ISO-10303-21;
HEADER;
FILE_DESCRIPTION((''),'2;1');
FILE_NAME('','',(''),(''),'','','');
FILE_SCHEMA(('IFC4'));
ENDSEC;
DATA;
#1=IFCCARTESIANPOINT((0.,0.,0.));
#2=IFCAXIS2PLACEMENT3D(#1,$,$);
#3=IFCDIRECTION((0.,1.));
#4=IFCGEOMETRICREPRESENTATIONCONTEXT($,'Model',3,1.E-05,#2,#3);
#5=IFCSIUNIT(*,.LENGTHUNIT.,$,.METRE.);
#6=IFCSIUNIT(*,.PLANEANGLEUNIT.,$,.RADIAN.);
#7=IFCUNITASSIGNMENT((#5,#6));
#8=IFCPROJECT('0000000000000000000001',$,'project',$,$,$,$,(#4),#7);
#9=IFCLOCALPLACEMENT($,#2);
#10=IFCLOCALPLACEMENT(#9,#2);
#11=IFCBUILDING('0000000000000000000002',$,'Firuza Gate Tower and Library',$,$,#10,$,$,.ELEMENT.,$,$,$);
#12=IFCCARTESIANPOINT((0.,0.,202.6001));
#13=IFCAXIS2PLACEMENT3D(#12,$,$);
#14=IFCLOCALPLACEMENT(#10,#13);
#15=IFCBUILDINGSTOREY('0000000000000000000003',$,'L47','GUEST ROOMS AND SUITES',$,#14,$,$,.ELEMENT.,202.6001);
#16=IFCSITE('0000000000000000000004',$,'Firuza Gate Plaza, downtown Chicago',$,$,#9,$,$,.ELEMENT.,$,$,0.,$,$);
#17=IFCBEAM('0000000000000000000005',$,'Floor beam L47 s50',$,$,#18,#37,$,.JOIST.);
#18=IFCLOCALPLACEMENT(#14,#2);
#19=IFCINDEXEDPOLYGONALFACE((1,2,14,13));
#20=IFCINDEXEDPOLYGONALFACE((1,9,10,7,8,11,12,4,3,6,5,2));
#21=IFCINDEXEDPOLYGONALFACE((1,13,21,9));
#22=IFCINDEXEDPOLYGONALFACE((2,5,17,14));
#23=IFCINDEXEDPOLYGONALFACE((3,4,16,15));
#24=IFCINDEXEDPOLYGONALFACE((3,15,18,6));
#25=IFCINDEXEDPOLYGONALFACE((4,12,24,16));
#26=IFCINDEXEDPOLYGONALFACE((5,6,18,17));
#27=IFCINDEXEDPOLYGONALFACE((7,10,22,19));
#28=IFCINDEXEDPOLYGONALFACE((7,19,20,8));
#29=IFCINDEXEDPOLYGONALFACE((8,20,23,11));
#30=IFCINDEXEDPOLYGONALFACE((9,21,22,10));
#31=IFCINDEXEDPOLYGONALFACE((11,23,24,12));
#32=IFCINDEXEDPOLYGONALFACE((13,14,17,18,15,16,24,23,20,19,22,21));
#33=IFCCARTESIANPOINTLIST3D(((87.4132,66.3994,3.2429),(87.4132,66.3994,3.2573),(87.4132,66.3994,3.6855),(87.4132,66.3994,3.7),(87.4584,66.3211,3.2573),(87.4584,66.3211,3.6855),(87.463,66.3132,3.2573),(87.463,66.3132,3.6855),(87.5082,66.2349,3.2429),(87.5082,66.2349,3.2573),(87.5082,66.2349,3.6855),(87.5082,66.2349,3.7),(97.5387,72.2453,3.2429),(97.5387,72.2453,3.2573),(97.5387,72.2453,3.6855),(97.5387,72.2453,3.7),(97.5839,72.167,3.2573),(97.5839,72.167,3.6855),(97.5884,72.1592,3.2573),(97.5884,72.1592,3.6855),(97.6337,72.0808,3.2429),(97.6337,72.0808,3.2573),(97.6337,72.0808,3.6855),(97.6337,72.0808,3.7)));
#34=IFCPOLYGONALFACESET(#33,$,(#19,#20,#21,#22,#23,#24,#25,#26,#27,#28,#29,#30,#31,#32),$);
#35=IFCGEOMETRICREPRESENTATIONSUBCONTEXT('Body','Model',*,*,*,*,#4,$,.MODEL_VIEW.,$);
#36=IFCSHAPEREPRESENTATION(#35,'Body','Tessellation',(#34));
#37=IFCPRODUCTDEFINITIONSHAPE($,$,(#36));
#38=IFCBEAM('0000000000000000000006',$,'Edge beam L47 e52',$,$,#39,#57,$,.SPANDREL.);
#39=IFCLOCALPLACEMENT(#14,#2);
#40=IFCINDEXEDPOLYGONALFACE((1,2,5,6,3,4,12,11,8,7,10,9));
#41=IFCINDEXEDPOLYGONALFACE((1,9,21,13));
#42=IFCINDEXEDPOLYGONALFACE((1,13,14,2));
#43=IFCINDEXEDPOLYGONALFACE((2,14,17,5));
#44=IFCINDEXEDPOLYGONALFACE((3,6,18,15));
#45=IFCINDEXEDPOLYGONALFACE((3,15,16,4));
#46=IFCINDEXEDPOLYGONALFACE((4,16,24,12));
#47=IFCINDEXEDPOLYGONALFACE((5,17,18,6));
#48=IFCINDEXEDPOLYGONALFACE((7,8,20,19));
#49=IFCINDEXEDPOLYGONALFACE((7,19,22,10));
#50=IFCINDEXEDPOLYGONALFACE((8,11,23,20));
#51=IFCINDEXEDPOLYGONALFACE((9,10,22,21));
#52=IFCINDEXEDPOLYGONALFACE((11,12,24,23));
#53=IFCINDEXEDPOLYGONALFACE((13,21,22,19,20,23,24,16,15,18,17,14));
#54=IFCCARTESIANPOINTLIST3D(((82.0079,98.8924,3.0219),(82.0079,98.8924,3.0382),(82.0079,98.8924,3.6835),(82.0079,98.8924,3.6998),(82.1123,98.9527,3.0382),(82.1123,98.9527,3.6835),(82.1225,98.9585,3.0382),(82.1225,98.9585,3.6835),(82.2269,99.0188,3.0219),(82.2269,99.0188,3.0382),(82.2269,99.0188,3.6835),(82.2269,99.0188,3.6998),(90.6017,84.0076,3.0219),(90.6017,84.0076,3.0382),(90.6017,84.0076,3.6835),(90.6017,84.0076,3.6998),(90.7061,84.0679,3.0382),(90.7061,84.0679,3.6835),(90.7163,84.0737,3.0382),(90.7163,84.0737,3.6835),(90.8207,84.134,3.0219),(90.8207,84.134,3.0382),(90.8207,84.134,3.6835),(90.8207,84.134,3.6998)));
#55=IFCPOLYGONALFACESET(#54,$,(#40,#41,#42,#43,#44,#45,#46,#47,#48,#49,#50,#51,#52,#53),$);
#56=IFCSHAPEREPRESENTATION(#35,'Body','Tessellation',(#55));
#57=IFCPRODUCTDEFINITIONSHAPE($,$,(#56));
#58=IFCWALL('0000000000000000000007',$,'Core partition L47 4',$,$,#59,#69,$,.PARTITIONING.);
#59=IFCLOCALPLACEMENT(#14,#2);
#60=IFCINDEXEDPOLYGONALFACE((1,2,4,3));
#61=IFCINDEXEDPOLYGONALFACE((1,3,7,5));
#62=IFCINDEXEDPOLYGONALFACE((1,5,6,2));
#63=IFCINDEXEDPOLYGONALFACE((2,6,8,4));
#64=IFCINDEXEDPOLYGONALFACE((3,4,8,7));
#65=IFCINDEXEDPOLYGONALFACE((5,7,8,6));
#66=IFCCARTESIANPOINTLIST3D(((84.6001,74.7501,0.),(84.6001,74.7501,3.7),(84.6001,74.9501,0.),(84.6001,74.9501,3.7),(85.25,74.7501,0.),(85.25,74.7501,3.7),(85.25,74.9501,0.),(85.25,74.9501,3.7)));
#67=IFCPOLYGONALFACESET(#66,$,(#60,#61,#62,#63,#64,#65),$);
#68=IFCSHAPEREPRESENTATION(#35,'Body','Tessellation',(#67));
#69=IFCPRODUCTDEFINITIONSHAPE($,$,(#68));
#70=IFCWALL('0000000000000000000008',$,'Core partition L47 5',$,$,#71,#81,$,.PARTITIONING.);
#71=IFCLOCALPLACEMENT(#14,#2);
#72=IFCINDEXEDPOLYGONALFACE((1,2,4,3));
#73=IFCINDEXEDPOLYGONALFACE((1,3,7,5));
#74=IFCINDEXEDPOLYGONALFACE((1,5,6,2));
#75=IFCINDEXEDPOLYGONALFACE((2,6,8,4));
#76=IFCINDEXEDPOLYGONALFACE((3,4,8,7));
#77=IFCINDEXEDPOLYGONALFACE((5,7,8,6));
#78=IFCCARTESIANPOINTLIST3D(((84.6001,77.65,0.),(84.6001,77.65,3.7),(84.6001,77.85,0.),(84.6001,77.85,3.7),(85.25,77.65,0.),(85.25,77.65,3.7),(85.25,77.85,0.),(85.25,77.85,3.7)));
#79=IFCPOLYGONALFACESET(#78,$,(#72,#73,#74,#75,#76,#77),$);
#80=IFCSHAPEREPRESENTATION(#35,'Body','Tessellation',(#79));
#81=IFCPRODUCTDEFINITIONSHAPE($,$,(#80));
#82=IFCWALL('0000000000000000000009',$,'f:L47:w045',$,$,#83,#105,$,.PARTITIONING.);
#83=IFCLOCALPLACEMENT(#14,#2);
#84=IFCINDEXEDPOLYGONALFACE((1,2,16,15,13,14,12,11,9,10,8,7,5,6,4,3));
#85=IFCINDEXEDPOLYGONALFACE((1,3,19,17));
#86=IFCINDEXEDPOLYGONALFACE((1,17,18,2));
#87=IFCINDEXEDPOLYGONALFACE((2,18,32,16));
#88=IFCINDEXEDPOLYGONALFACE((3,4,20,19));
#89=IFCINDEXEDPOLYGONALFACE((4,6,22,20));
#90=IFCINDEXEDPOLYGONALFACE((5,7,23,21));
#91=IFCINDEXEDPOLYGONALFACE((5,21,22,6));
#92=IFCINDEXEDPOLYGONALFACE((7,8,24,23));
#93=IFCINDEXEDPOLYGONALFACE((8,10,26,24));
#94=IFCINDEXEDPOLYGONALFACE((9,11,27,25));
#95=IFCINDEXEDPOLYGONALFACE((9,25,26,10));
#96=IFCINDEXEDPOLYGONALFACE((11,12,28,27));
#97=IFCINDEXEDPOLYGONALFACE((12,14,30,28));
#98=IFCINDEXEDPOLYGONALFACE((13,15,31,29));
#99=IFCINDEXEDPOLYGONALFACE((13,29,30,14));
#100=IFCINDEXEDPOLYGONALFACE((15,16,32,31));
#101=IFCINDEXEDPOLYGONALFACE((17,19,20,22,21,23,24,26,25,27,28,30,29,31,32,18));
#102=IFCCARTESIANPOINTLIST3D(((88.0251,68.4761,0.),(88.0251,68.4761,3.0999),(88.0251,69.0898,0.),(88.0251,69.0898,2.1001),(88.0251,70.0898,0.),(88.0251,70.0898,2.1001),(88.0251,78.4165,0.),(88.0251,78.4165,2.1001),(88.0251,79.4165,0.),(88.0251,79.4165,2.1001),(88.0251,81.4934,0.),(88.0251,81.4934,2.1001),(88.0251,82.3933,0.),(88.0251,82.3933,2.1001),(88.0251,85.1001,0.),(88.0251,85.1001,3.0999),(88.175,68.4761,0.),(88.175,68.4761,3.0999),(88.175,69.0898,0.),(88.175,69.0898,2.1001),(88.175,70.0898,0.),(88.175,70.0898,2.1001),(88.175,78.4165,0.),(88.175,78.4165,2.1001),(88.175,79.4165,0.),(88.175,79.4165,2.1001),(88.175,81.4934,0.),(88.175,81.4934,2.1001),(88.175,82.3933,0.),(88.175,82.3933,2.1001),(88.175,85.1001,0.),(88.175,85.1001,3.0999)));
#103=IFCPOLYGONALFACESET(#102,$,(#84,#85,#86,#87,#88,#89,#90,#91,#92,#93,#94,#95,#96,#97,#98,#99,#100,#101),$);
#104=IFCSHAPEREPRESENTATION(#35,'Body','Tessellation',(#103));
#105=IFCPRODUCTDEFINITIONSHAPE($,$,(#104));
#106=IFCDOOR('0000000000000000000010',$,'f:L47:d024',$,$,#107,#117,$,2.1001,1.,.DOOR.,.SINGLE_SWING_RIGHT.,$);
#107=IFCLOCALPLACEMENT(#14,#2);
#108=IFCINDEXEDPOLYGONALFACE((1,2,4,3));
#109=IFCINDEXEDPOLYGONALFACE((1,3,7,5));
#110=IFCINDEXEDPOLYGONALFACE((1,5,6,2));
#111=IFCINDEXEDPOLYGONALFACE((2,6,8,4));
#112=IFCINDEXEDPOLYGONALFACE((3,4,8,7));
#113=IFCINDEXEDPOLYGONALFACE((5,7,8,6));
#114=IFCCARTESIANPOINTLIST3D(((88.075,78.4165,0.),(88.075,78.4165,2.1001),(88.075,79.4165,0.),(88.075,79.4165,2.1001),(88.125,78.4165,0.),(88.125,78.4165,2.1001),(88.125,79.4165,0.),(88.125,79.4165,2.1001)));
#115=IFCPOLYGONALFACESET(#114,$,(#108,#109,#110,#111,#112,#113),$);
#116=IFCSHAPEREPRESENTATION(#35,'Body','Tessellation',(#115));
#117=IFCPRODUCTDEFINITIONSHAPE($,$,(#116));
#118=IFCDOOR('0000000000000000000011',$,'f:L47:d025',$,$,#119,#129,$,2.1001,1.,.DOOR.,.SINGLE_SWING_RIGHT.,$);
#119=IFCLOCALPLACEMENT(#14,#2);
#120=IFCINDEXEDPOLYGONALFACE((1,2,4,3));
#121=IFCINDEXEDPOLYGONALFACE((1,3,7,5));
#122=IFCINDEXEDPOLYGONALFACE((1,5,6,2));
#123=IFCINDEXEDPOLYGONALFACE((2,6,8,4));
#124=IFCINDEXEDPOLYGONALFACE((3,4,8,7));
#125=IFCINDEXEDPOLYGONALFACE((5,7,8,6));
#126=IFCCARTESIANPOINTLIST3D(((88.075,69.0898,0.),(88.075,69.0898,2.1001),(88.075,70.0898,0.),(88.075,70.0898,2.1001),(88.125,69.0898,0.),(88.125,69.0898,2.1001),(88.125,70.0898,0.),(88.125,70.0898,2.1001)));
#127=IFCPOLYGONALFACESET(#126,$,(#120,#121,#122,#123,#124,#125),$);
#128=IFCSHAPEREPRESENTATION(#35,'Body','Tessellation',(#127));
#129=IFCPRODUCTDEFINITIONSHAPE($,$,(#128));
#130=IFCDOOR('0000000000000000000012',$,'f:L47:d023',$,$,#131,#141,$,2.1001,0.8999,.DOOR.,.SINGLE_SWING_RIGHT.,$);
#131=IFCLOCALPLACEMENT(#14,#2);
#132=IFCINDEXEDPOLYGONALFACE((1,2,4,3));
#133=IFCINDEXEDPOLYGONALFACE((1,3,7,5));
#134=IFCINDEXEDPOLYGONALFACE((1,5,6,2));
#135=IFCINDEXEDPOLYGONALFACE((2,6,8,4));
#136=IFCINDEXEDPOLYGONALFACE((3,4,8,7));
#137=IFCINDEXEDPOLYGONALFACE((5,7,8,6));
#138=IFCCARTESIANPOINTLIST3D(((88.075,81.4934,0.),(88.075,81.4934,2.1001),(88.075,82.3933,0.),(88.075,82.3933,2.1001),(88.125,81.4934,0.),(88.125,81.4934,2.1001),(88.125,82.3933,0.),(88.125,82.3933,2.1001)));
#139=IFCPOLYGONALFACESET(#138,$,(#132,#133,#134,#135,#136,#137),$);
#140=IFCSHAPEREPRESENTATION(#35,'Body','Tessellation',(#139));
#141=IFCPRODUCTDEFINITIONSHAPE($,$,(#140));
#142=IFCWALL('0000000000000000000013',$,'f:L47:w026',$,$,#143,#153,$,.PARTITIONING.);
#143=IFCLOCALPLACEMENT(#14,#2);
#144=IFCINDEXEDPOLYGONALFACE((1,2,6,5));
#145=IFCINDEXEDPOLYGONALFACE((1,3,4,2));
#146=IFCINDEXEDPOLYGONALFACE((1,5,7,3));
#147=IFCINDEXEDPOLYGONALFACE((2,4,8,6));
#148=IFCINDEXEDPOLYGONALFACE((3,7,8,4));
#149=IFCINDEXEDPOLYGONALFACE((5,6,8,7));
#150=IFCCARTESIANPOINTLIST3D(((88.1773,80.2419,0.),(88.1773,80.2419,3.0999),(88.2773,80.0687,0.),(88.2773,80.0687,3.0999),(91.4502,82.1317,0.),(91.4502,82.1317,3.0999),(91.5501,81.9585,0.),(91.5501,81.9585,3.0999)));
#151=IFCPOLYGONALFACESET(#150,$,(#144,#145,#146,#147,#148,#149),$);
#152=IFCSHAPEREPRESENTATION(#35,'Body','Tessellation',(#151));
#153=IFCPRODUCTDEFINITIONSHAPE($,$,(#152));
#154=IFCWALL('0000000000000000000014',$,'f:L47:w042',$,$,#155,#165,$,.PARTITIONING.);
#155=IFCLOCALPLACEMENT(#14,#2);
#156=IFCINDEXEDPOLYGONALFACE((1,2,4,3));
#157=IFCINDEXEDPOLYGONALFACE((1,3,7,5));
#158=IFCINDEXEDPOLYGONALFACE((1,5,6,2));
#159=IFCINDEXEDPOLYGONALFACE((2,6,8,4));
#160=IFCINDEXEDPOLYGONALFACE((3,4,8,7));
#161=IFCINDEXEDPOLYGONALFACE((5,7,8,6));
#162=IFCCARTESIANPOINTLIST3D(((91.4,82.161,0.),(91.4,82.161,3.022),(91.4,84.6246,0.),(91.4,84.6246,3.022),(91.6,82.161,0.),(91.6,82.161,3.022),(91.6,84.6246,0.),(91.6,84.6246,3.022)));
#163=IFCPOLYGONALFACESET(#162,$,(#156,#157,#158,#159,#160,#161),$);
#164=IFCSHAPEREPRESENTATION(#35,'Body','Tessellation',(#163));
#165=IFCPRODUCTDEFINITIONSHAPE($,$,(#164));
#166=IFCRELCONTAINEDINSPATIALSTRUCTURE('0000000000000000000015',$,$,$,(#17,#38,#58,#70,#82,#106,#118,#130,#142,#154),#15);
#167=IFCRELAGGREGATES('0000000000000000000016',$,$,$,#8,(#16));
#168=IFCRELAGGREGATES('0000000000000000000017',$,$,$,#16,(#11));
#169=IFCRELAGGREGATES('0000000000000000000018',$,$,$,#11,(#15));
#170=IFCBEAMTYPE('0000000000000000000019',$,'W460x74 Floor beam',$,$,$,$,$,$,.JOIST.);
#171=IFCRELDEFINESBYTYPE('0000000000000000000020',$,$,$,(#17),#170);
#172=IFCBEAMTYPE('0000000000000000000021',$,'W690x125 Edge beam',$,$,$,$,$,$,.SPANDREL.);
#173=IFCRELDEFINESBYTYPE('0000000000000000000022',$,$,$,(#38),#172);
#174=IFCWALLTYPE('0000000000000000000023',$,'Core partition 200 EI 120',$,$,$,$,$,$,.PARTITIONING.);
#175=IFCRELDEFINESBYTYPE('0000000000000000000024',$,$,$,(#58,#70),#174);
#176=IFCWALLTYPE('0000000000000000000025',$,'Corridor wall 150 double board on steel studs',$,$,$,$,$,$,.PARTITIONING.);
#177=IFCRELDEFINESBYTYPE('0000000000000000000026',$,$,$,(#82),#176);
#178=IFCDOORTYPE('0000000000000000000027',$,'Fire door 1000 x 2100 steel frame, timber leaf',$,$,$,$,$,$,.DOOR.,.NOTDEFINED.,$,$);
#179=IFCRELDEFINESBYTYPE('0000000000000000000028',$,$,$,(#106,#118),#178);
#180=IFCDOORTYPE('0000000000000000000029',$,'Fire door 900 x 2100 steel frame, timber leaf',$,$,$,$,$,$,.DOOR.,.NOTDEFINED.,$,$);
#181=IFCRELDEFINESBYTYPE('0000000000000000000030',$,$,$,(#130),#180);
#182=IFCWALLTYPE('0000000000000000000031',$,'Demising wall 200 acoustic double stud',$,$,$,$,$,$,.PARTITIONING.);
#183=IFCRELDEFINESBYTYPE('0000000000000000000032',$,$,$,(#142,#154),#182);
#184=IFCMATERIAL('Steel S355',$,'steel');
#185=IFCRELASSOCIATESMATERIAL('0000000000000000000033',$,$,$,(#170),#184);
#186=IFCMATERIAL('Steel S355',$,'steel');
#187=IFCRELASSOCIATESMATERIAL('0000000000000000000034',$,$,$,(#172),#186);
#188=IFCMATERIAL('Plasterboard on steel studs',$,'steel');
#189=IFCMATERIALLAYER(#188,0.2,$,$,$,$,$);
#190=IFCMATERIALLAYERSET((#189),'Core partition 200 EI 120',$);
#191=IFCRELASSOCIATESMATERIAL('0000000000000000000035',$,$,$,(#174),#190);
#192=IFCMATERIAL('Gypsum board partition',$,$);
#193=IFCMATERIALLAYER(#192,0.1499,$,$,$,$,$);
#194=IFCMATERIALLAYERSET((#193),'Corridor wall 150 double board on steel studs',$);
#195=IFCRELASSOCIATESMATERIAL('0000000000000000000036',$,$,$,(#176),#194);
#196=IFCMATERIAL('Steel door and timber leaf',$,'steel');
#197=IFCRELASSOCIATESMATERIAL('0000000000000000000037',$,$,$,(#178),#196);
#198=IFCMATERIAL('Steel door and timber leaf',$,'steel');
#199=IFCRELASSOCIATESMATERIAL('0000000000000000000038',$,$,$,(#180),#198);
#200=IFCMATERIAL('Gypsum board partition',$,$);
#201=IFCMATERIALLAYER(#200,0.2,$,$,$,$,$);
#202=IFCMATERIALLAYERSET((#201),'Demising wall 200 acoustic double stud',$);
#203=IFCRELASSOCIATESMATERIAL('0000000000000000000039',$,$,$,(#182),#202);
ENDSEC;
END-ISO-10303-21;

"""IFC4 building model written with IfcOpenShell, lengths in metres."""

from ifc_helpers import new_model, si_unit, direction, frame, frame_2d, origin, origin_2d, place, context, subcontext, project, spatial, rectangle, i_section, extrude, material, layer, layer_set, material_profile, profile_set, type_object, element, fill, save


model = new_model("IFC4")

# Units and contexts
model_context = context("Model", 3, precision=1e-05, world=origin(), true_north=direction((0.0, 1.0)))
body_context = subcontext(model_context, "Body", "Model", "MODEL_VIEW")
ifc_project = project(units=[si_unit("LENGTHUNIT", "METRE"), si_unit("PLANEANGLEUNIT", "RADIAN")], contexts=[model_context])

# Site, building, storey
site_placement = place(None, origin())
site = spatial("IfcSite", under=ifc_project, at=site_placement, Name="Firuza Gate Plaza, downtown Chicago", CompositionType="ELEMENT", RefElevation=0.0)
building_placement = place(site_placement, origin())
building = spatial("IfcBuilding", under=site, at=building_placement, Name="Firuza Gate Tower and Library", CompositionType="ELEMENT")
storey_placement = place(building_placement, frame((0.0, 0.0, 202.6001)))
storey = spatial("IfcBuildingStorey", under=building, at=storey_placement, Name="L47", Description="GUEST ROOMS AND SUITES", CompositionType="ELEMENT", Elevation=202.6001)

# Beams
ifc_material_1 = material(Name="Steel S355", Category="steel")
ifc_material_profile_1 = material_profile(ifc_material_1, i_section(OverallWidth=0.1899, OverallDepth=0.457, WebThickness=0.009, FlangeThickness=0.0144, at=origin_2d()))
ifc_profile_set_1 = profile_set([ifc_material_profile_1], Name="Steel S355")
beam_type_1 = type_object("IfcBeamType", Name="W460x74 Floor beam", PredefinedType="JOIST", material=ifc_profile_set_1)
beam_1_placement = place(storey_placement, frame((97.5862, 72.1631, 3.4714), z_axis=(-0.866026, -0.5, 0.0), x_axis=(0.5, -0.866026, 0.0)))
element("IfcBeam", 1, at=beam_1_placement, inside=storey, type_object=beam_type_1, Name="Floor beam L47 s50", PredefinedType="JOIST", context=body_context, shape_type="SweptSolid", body=[
    extrude(i_section(OverallWidth=0.1899, OverallDepth=0.457, WebThickness=0.009, FlangeThickness=0.0144, at=origin_2d()), origin(), (0.0, 0.0, 1.0), 11.6919),
])
ifc_material_2 = material(Name="Steel S355", Category="steel")
ifc_material_profile_2 = material_profile(ifc_material_2, i_section(OverallWidth=0.2529, OverallDepth=0.678, WebThickness=0.0117, FlangeThickness=0.0164, at=origin_2d()))
ifc_profile_set_2 = profile_set([ifc_material_profile_2], Name="Steel S355")
beam_type_2 = type_object("IfcBeamType", Name="W690x125 Edge beam", PredefinedType="SPANDREL", material=ifc_profile_set_2)
beam_2_placement = place(storey_placement, frame((90.7112, 84.0708, 3.3608), z_axis=(-0.500001, 0.866025, 0.0), x_axis=(-0.866025, -0.500001, 0.0)))
element("IfcBeam", 2, at=beam_2_placement, inside=storey, type_object=beam_type_2, Name="Edge beam L47 e52", PredefinedType="SPANDREL", context=body_context, shape_type="SweptSolid", body=[
    extrude(i_section(OverallWidth=0.2529, OverallDepth=0.678, WebThickness=0.0117, FlangeThickness=0.0164, at=origin_2d()), origin(), (0.0, 0.0, 1.0), 17.1875),
])

# Walls
ifc_material_3 = material(Name="Plasterboard on steel studs", Category="steel")
ifc_layer_1 = layer(ifc_material_3, 0.2)
ifc_layer_set_1 = layer_set([ifc_layer_1], Name="Core partition 200 EI 120")
wall_type_1 = type_object("IfcWallType", Name="Core partition 200 EI 120", PredefinedType="PARTITIONING", material=ifc_layer_set_1)
for number, where, z_axis, x_axis, name in (
    (3, (84.6001, 74.8501, 0.0), (0.0, 0.0, 1.0), (1.0, 0.0, 0.0), "Core partition L47 4"),
    (4, (84.6001, 77.75, 0.0), (0.0, 0.0, 1.0), (1.0, 0.0, 0.0), "Core partition L47 5"),
):
    element("IfcWall", number, at=place(storey_placement, frame(where, z_axis=z_axis, x_axis=x_axis)), inside=storey, type_object=wall_type_1, Name=name, PredefinedType="PARTITIONING", context=body_context, shape_type="SweptSolid", body=[
        extrude(rectangle(XDim=0.6499, YDim=0.2, at=frame_2d((0.325, 0.0))), origin(), (0.0, 0.0, 1.0), 3.7),
    ])

# Wall, openings, doors
ifc_material_4 = material(Name="Gypsum board partition")
ifc_layer_2 = layer(ifc_material_4, 0.1499)
ifc_layer_set_2 = layer_set([ifc_layer_2], Name="Corridor wall 150 double board on steel studs")
wall_type_2 = type_object("IfcWallType", Name="Corridor wall 150 double board on steel studs", PredefinedType="PARTITIONING", material=ifc_layer_set_2)
wall_1_placement = place(storey_placement, frame((88.1001, 85.1001, 0.0), z_axis=(0.0, 0.0, 1.0), x_axis=(0.0, -1.0, 0.0)))
wall_1 = element("IfcWall", 5, at=wall_1_placement, inside=storey, type_object=wall_type_2, Name="f:L47:w045", PredefinedType="PARTITIONING", context=body_context, shape_type="SweptSolid", body=[
    extrude(rectangle(XDim=16.624, YDim=0.1499, at=frame_2d((8.312, 0.0))), origin(), (0.0, 0.0, 1.0), 3.0999),
])
opening_1_placement = place(wall_1_placement, frame((2.7068, 0.0, 0.0)))
opening_1 = element("IfcOpeningElement", 6, at=opening_1_placement, cuts=wall_1, PredefinedType="OPENING", context=body_context, shape_type="SweptSolid", body=[
    extrude(rectangle(XDim=0.8999, YDim=2.1001, at=frame_2d((0.45, 1.05))), frame((0.0, 0.085, 0.0), z_axis=(0.0, -1.0, 0.0), x_axis=(1.0, 0.0, 0.0)), (0.0, 0.0, 1.0), 0.1699),
])
opening_2_placement = place(wall_1_placement, frame((5.6836, 0.0, 0.0)))
opening_2 = element("IfcOpeningElement", 7, at=opening_2_placement, cuts=wall_1, PredefinedType="OPENING", context=body_context, shape_type="SweptSolid", body=[
    extrude(rectangle(XDim=1.0, YDim=2.1001, at=frame_2d((0.5, 1.05))), frame((0.0, 0.085, 0.0), z_axis=(0.0, -1.0, 0.0), x_axis=(1.0, 0.0, 0.0)), (0.0, 0.0, 1.0), 0.1699),
])
opening_3_placement = place(wall_1_placement, frame((15.0103, 0.0, 0.0)))
opening_3 = element("IfcOpeningElement", 8, at=opening_3_placement, cuts=wall_1, PredefinedType="OPENING", context=body_context, shape_type="SweptSolid", body=[
    extrude(rectangle(XDim=1.0, YDim=2.1001, at=frame_2d((0.5, 1.05))), frame((0.0, 0.085, 0.0), z_axis=(0.0, -1.0, 0.0), x_axis=(1.0, 0.0, 0.0)), (0.0, 0.0, 1.0), 0.1699),
])
ifc_material_5 = material(Name="Steel door and timber leaf", Category="steel")
door_type_1 = type_object("IfcDoorType", Name="Fire door 1000 x 2100 steel frame, timber leaf", OperationType="NOTDEFINED", PredefinedType="DOOR", material=ifc_material_5)
door_1_placement = place(opening_2_placement, origin())
door_1 = element("IfcDoor", 9, at=door_1_placement, inside=storey, type_object=door_type_1, Name="f:L47:d024", OperationType="SINGLE_SWING_RIGHT", OverallHeight=2.1001, OverallWidth=1.0, PredefinedType="DOOR", context=body_context, shape_type="SweptSolid", body=[
    extrude(rectangle(XDim=1.0, YDim=2.1001, at=frame_2d((0.5, 1.05))), frame((0.0, 0.0249, 0.0), z_axis=(0.0, -1.0, 0.0), x_axis=(1.0, 0.0, 0.0)), (0.0, 0.0, 1.0), 0.05),
])
fill(opening_2, door_1)
door_2_placement = place(opening_3_placement, origin())
door_2 = element("IfcDoor", 10, at=door_2_placement, inside=storey, type_object=door_type_1, Name="f:L47:d025", OperationType="SINGLE_SWING_RIGHT", OverallHeight=2.1001, OverallWidth=1.0, PredefinedType="DOOR", context=body_context, shape_type="SweptSolid", body=[
    extrude(rectangle(XDim=1.0, YDim=2.1001, at=frame_2d((0.5, 1.05))), frame((0.0, 0.0249, 0.0), z_axis=(0.0, -1.0, 0.0), x_axis=(1.0, 0.0, 0.0)), (0.0, 0.0, 1.0), 0.05),
])
fill(opening_3, door_2)
ifc_material_6 = material(Name="Steel door and timber leaf", Category="steel")
door_type_2 = type_object("IfcDoorType", Name="Fire door 900 x 2100 steel frame, timber leaf", OperationType="NOTDEFINED", PredefinedType="DOOR", material=ifc_material_6)
door_3_placement = place(opening_1_placement, origin())
door_3 = element("IfcDoor", 11, at=door_3_placement, inside=storey, type_object=door_type_2, Name="f:L47:d023", OperationType="SINGLE_SWING_RIGHT", OverallHeight=2.1001, OverallWidth=0.8999, PredefinedType="DOOR", context=body_context, shape_type="SweptSolid", body=[
    extrude(rectangle(XDim=0.8999, YDim=2.1001, at=frame_2d((0.45, 1.05))), frame((0.0, 0.0249, 0.0), z_axis=(0.0, -1.0, 0.0), x_axis=(1.0, 0.0, 0.0)), (0.0, 0.0, 1.0), 0.05),
])
fill(opening_1, door_3)

# Walls
ifc_material_7 = material(Name="Gypsum board partition")
ifc_layer_3 = layer(ifc_material_7, 0.2)
ifc_layer_set_3 = layer_set([ifc_layer_3], Name="Demising wall 200 acoustic double stud")
wall_type_3 = type_object("IfcWallType", Name="Demising wall 200 acoustic double stud", PredefinedType="PARTITIONING", material=ifc_layer_set_3)
wall_2_placement = place(storey_placement, frame((88.2273, 80.1553, 0.0), z_axis=(0.0, 0.0, 1.0), x_axis=(0.865996, 0.50005, 0.0)))
element("IfcWall", 12, at=wall_2_placement, inside=storey, type_object=wall_type_3, Name="f:L47:w026", PredefinedType="PARTITIONING", context=body_context, shape_type="SweptSolid", body=[
    extrude(rectangle(XDim=3.7793, YDim=0.2, at=frame_2d((1.8896, 0.0))), origin(), (0.0, 0.0, 1.0), 3.0999),
])
wall_3_placement = place(storey_placement, frame((91.5, 82.1609, 0.0), z_axis=(0.0, 0.0, 1.0), x_axis=(0.0, 1.0, 0.0)))
element("IfcWall", 13, at=wall_3_placement, inside=storey, type_object=wall_type_3, Name="f:L47:w042", PredefinedType="PARTITIONING", context=body_context, shape_type="SweptSolid", body=[
    extrude(rectangle(XDim=2.4636, YDim=0.2, at=frame_2d((1.2319, 0.0))), origin(), (0.0, 0.0, 1.0), 3.022),
])

save(model, "model.ifc")
